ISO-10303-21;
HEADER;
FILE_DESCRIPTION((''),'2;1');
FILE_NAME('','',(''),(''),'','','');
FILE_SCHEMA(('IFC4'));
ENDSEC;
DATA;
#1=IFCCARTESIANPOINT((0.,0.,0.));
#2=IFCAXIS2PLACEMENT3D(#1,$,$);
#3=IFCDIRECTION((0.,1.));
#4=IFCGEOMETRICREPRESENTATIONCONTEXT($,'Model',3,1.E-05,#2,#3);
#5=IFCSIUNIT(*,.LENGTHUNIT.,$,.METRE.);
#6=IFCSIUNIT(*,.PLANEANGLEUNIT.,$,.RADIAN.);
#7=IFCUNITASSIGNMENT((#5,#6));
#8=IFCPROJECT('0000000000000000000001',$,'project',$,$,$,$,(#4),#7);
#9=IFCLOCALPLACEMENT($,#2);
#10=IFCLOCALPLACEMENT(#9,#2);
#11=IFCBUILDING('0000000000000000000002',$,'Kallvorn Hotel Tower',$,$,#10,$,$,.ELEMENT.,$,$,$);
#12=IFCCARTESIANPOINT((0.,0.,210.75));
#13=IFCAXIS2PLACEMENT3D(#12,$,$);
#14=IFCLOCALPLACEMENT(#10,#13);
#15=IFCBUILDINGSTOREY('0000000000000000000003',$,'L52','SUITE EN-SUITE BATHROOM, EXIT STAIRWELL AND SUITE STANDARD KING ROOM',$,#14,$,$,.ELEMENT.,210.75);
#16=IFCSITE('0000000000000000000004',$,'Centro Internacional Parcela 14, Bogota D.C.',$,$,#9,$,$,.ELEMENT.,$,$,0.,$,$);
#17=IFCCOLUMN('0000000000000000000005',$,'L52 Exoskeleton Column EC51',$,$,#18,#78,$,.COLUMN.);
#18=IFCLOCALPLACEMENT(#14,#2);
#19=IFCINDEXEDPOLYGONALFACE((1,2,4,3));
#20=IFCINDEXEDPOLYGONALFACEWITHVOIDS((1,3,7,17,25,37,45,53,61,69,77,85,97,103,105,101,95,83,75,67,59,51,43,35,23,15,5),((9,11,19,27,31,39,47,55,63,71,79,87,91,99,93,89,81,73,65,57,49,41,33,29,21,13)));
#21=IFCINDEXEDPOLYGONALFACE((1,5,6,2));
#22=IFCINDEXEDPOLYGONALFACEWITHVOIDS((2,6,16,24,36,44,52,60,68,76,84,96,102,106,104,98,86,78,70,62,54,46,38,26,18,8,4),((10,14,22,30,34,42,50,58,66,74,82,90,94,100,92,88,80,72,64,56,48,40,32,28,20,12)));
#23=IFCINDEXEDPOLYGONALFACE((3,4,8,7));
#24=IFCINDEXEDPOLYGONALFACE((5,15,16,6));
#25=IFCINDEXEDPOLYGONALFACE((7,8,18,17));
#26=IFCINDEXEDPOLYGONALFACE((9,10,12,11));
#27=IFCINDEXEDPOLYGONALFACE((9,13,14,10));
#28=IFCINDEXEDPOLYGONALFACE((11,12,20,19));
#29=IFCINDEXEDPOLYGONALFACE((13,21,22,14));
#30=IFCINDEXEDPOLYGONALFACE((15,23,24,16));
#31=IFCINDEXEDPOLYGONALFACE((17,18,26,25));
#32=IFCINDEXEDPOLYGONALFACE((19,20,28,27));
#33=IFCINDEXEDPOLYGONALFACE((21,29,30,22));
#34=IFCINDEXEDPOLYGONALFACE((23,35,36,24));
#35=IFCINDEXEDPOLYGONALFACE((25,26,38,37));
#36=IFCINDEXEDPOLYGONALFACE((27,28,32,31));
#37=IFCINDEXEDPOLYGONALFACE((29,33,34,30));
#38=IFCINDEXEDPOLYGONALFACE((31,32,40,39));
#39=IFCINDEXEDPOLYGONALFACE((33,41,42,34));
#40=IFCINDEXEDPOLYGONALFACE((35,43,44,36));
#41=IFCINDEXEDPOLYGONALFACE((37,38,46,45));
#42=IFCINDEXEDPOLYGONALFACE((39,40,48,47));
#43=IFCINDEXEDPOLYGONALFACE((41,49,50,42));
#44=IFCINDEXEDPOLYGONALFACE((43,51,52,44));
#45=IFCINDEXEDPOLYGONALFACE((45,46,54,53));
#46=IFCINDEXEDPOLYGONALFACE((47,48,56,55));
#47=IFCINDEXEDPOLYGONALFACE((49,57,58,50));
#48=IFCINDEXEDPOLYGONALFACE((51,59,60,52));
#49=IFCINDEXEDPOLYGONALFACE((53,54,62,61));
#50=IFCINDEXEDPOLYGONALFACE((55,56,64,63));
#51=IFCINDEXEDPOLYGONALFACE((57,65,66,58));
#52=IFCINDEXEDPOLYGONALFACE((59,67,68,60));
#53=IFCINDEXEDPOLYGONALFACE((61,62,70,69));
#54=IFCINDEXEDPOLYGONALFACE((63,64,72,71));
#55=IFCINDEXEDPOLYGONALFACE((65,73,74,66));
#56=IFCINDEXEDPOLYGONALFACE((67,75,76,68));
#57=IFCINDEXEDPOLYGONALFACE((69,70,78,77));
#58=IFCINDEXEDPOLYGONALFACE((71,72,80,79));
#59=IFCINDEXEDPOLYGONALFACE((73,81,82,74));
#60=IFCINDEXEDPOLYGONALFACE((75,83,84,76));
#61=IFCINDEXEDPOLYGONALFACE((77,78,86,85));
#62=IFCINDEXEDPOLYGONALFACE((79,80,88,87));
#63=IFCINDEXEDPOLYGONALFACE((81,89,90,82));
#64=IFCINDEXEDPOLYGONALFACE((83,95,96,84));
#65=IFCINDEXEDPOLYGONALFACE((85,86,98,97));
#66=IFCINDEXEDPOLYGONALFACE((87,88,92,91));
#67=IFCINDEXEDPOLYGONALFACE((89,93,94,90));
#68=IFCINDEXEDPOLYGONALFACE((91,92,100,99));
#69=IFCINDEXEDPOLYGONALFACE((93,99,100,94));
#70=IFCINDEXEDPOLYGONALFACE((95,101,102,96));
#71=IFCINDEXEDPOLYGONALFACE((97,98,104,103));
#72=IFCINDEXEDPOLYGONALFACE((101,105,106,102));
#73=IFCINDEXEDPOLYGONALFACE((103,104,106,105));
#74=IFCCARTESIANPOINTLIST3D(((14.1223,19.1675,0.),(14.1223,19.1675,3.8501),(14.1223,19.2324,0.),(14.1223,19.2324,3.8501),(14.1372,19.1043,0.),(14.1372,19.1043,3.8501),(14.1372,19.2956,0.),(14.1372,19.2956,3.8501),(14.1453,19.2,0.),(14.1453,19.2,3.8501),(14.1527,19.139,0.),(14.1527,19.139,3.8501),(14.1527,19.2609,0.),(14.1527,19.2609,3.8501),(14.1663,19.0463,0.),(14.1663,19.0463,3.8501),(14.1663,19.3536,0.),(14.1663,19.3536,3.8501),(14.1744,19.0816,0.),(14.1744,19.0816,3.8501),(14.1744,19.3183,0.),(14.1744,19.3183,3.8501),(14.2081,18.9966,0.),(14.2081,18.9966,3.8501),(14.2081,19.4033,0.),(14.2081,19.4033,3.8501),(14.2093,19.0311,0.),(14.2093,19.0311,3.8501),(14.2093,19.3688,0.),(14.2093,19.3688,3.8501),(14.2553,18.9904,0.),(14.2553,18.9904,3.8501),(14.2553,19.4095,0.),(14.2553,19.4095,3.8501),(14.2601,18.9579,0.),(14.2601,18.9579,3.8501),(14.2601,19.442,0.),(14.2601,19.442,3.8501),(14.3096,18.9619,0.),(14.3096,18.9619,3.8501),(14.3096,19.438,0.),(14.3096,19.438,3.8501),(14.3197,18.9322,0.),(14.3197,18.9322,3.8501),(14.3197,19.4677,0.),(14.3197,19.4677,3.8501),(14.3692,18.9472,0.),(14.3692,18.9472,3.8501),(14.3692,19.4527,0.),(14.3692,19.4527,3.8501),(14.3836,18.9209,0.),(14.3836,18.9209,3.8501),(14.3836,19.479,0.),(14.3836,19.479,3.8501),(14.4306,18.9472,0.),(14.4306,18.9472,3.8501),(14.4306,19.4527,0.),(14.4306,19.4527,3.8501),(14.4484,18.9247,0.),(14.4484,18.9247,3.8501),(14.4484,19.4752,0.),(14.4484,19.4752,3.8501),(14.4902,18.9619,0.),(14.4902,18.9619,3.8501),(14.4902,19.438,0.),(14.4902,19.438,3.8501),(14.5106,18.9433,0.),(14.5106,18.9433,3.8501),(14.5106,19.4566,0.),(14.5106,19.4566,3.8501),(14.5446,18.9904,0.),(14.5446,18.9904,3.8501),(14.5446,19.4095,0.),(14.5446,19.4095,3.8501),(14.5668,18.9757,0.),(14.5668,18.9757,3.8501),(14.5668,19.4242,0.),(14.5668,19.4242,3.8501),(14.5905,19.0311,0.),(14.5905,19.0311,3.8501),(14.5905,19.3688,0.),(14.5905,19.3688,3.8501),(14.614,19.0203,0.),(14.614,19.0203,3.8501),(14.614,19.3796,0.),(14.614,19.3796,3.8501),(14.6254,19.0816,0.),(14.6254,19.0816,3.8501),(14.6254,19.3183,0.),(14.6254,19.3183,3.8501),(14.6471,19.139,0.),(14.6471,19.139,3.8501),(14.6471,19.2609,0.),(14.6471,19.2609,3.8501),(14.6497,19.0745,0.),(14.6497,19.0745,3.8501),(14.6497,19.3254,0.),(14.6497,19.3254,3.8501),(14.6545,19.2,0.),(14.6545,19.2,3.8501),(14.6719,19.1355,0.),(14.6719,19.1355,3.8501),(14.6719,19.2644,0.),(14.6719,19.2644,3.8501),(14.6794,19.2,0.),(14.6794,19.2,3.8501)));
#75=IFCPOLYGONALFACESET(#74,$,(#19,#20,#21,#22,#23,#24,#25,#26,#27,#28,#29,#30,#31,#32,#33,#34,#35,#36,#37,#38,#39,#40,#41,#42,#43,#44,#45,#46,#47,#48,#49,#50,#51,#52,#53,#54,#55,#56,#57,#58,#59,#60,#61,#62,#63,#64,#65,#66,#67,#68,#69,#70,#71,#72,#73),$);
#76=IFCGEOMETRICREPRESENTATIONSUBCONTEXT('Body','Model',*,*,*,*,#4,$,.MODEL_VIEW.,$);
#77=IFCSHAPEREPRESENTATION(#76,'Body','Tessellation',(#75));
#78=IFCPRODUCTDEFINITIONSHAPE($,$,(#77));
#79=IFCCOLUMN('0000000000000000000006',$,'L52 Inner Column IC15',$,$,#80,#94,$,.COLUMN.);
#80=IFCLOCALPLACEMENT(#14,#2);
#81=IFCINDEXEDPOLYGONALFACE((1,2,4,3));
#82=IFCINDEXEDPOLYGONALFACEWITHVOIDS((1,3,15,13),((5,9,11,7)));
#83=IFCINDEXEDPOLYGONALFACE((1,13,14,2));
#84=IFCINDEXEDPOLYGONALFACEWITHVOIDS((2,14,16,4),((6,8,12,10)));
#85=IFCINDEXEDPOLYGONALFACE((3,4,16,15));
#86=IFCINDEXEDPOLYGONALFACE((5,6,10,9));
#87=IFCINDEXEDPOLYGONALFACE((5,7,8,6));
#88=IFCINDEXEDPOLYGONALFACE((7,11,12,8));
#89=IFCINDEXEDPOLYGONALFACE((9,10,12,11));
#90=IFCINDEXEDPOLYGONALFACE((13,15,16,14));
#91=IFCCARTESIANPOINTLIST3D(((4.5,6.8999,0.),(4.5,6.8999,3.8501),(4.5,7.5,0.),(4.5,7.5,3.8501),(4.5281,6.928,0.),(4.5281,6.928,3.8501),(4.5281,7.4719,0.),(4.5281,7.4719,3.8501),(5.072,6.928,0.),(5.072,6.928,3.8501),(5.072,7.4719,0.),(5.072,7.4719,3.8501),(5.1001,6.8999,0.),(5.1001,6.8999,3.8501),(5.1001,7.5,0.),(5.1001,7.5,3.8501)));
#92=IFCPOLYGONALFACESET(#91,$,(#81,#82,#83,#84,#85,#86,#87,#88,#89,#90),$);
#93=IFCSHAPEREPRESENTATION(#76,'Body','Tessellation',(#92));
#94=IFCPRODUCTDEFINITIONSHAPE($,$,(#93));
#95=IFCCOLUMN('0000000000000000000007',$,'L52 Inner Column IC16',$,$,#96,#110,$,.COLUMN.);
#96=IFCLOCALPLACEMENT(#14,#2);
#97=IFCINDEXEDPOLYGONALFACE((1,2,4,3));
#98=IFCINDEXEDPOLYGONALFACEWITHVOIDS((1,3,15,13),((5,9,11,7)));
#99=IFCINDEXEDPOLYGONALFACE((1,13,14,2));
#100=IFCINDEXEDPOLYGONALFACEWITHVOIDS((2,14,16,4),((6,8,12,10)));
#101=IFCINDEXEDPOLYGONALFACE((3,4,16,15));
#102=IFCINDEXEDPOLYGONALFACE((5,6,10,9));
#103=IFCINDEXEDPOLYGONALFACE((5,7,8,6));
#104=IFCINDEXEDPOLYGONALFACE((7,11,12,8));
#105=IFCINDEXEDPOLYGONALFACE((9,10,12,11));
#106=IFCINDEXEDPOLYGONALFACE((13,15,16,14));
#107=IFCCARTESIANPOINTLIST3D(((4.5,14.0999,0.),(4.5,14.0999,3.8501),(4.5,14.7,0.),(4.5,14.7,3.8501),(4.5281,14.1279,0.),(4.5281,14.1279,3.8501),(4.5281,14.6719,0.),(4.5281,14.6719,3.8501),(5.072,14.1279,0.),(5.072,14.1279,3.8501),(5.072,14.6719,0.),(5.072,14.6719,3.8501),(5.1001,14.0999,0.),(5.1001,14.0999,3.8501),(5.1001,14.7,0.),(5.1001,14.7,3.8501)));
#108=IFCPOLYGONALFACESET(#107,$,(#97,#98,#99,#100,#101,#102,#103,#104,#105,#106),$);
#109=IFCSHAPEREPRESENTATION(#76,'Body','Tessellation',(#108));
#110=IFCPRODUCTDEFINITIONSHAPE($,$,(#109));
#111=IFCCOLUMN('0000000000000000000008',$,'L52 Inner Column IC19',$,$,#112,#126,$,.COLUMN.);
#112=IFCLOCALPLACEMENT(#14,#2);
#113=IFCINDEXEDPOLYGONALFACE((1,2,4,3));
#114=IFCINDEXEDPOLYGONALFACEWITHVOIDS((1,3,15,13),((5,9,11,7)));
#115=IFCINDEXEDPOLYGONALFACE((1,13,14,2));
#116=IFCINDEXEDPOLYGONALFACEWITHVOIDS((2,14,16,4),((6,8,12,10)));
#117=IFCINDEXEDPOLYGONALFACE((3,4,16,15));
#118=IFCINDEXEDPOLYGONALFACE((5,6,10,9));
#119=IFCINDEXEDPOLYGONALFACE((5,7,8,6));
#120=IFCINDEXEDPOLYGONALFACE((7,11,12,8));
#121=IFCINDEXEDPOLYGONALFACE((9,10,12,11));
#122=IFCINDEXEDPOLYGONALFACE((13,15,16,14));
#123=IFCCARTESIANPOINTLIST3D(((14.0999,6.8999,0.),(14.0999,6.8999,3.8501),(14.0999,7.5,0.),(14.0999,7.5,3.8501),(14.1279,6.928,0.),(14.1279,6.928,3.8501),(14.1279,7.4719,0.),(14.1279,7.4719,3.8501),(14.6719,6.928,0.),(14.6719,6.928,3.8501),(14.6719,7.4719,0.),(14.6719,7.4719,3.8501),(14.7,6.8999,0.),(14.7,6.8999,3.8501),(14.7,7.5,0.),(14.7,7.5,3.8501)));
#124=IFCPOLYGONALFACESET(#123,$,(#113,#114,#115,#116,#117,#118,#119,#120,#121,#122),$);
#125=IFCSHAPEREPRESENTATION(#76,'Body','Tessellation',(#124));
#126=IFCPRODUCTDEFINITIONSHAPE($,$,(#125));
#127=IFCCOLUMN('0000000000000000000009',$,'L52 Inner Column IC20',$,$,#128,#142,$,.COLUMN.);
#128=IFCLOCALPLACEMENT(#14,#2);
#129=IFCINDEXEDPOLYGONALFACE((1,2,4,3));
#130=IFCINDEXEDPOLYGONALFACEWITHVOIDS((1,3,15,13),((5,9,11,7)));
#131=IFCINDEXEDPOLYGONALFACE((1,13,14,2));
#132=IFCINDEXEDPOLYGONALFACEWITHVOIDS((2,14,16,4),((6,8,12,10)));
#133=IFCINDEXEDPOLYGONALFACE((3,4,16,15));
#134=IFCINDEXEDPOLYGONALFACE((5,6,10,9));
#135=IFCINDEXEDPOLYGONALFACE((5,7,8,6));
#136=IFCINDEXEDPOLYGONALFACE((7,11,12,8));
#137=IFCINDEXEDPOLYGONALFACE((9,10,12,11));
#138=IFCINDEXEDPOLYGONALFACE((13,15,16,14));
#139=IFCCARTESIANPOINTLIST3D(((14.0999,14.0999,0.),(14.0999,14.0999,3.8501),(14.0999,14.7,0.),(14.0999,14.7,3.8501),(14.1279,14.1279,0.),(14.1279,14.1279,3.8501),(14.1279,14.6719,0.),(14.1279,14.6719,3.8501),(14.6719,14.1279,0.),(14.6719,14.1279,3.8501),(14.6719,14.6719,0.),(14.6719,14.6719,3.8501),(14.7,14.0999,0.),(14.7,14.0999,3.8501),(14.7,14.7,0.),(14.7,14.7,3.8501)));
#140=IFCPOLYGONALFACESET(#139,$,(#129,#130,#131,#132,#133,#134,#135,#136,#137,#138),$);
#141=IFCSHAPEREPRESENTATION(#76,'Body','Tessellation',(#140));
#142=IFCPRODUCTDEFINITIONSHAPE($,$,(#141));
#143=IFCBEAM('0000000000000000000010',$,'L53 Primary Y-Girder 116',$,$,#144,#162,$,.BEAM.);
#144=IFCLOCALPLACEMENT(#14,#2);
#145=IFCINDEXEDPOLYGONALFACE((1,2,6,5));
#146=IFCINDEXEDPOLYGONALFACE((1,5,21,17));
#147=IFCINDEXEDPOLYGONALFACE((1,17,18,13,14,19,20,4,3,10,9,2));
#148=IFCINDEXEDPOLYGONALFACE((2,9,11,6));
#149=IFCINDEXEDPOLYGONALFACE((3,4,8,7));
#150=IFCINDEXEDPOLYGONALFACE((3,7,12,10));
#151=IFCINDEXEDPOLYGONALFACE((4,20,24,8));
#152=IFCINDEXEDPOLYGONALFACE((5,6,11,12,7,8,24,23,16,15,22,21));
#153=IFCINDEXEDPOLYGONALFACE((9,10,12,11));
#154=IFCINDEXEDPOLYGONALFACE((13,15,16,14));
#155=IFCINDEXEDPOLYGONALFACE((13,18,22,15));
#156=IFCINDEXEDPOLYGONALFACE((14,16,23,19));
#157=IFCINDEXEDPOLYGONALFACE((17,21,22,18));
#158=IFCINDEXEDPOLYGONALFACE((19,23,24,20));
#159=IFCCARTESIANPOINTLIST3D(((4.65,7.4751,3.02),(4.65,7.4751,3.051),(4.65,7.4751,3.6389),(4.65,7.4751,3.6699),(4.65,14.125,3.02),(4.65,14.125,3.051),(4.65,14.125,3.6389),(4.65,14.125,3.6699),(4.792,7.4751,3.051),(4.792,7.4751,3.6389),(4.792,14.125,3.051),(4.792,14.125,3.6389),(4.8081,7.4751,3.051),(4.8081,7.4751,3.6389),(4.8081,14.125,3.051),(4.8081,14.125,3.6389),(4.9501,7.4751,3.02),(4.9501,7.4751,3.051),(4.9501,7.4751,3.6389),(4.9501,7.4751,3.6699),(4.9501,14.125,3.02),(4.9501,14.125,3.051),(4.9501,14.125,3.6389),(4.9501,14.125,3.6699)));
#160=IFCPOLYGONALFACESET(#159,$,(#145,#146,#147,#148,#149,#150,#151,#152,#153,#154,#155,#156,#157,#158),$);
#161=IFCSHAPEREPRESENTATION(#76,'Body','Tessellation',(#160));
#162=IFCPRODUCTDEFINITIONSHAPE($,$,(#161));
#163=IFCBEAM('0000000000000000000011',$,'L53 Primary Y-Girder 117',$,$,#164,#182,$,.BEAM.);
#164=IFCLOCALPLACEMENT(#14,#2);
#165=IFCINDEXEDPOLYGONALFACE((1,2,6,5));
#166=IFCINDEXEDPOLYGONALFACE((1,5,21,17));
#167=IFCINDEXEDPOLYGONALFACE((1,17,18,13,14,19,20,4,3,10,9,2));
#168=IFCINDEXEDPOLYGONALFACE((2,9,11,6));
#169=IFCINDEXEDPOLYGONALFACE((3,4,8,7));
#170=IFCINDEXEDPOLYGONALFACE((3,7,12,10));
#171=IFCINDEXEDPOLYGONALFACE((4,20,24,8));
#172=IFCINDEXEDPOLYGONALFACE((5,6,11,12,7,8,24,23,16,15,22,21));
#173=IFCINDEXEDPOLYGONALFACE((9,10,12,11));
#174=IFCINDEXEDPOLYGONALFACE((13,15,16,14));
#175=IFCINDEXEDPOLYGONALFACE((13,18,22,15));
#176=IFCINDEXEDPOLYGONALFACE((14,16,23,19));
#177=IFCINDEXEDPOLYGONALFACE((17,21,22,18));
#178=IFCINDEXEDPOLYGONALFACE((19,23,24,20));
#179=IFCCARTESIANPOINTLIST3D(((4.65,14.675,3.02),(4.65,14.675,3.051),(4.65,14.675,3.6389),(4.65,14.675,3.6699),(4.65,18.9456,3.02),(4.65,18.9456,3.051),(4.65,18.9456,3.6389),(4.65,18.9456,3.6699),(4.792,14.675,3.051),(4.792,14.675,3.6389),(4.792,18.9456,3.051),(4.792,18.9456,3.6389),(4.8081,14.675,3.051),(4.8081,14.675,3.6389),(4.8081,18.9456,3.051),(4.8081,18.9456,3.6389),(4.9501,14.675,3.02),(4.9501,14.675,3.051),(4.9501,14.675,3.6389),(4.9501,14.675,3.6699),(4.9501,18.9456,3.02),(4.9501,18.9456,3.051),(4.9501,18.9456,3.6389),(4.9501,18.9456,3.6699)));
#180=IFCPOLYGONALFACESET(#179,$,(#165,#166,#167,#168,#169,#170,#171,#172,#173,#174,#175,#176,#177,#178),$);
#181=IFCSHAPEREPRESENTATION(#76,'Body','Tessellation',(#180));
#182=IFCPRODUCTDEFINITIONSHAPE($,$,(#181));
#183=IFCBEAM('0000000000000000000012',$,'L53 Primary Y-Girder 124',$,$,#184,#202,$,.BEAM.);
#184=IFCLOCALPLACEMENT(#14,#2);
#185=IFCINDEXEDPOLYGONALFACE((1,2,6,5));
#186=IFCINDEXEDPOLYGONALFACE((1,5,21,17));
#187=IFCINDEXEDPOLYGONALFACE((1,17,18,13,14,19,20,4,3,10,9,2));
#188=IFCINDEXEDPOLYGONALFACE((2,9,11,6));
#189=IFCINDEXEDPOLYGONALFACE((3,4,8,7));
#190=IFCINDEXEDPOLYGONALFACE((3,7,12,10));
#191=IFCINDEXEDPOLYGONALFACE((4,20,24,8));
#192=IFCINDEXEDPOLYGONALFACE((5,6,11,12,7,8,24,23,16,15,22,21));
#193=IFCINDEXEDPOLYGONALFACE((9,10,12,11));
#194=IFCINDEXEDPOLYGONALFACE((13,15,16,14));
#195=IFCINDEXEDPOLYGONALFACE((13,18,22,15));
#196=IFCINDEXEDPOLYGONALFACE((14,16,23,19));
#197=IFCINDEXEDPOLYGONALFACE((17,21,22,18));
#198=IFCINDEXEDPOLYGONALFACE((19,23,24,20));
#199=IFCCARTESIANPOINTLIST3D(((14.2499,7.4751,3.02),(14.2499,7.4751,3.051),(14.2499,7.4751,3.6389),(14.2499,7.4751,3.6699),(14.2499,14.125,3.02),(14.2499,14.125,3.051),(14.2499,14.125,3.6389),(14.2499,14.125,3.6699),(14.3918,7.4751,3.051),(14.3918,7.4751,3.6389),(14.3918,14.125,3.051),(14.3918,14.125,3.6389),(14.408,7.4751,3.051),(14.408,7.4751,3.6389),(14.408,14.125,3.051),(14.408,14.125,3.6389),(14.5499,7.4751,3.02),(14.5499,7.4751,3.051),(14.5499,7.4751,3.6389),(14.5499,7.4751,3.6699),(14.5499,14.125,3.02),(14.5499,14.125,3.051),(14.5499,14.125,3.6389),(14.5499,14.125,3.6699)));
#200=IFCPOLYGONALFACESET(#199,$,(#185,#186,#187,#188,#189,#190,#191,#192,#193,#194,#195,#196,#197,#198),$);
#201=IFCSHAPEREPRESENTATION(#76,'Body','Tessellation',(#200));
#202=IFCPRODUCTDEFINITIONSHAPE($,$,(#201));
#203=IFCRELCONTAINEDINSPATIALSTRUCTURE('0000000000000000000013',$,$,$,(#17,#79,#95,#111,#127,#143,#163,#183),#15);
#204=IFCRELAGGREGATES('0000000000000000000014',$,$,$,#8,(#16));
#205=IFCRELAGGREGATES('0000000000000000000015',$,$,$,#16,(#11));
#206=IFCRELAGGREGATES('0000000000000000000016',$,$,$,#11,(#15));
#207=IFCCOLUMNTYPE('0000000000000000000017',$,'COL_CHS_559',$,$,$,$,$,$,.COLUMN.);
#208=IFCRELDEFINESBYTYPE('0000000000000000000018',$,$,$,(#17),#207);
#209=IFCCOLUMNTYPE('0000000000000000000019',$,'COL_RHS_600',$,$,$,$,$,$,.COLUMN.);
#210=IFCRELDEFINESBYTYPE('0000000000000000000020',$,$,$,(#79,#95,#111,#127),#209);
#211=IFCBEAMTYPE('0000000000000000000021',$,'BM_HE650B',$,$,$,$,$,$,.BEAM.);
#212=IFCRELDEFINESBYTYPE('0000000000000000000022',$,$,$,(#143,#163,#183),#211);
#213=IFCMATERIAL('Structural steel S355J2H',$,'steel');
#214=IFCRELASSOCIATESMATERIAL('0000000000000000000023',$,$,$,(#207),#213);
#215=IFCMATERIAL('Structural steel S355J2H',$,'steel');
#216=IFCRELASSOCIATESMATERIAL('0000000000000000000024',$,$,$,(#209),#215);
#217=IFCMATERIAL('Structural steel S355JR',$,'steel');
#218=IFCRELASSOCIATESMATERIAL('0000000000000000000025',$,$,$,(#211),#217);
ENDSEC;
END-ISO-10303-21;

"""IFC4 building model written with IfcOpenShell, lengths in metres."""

from ifc_helpers import new_model, si_unit, direction, frame, origin, origin_2d, place, context, subcontext, project, spatial, hollow_rectangle, hollow_circle, i_section, extrude, material, material_profile, profile_set, type_object, element, save


model = new_model("IFC4")

# Units and contexts
model_context = context("Model", 3, precision=1e-05, world=origin(), true_north=direction((0.0, 1.0)))
body_context = subcontext(model_context, "Body", "Model", "MODEL_VIEW")
ifc_project = project(units=[si_unit("LENGTHUNIT", "METRE"), si_unit("PLANEANGLEUNIT", "RADIAN")], contexts=[model_context])

# Site, building, storey
site_placement = place(None, origin())
site = spatial("IfcSite", under=ifc_project, at=site_placement, Name="Centro Internacional Parcela 14, Bogota D.C.", CompositionType="ELEMENT", RefElevation=0.0)
building_placement = place(site_placement, origin())
building = spatial("IfcBuilding", under=site, at=building_placement, Name="Kallvorn Hotel Tower", CompositionType="ELEMENT")
storey_placement = place(building_placement, frame((0.0, 0.0, 210.75)))
storey = spatial("IfcBuildingStorey", under=building, at=storey_placement, Name="L52", Description="SUITE EN-SUITE BATHROOM, EXIT STAIRWELL AND SUITE STANDARD KING ROOM", CompositionType="ELEMENT", Elevation=210.75)

# Columns
ifc_material_1 = material(Name="Structural steel S355J2H", Category="steel")
ifc_material_profile_1 = material_profile(ifc_material_1, hollow_circle(Radius=0.2795, WallThickness=0.0249, at=origin_2d()), Name="CHS 559x25")
ifc_profile_set_1 = profile_set([ifc_material_profile_1], Name="Structural steel S355J2H")
column_type_1 = type_object("IfcColumnType", Name="COL_CHS_559", PredefinedType="COLUMN", material=ifc_profile_set_1)
for number, where, z_axis, x_axis, name in (
    (1, (14.3999, 19.2, 0.0), (0.0, 0.0, 1.0), (1.0, 0.0, 0.0), "L52 Exoskeleton Column EC51"),
):
    element("IfcColumn", number, at=place(storey_placement, frame(where, z_axis=z_axis, x_axis=x_axis)), inside=storey, type_object=column_type_1, Name=name, PredefinedType="COLUMN", context=body_context, shape_type="SweptSolid", body=[
        extrude(hollow_circle(Radius=0.2795, WallThickness=0.0249, at=origin_2d()), origin(), (0.0, 0.0, 1.0), 3.8501),
    ])
ifc_material_2 = material(Name="Structural steel S355J2H", Category="steel")
ifc_material_profile_2 = material_profile(ifc_material_2, hollow_rectangle(XDim=0.6001, YDim=0.6001, WallThickness=0.0281, at=origin_2d()), Name="RHS 600x600x28")
ifc_profile_set_2 = profile_set([ifc_material_profile_2], Name="Structural steel S355J2H")
column_type_2 = type_object("IfcColumnType", Name="COL_RHS_600", PredefinedType="COLUMN", material=ifc_profile_set_2)
for number, where, z_axis, x_axis, name in (
    (2, (4.8, 7.2, 0.0), (0.0, 0.0, 1.0), (1.0, 0.0, 0.0), "L52 Inner Column IC15"),
    (3, (4.8, 14.3999, 0.0), (0.0, 0.0, 1.0), (1.0, 0.0, 0.0), "L52 Inner Column IC16"),
    (4, (14.3999, 7.2, 0.0), (0.0, 0.0, 1.0), (1.0, 0.0, 0.0), "L52 Inner Column IC19"),
    (5, (14.3999, 14.3999, 0.0), (0.0, 0.0, 1.0), (1.0, 0.0, 0.0), "L52 Inner Column IC20"),
):
    element("IfcColumn", number, at=place(storey_placement, frame(where, z_axis=z_axis, x_axis=x_axis)), inside=storey, type_object=column_type_2, Name=name, PredefinedType="COLUMN", context=body_context, shape_type="SweptSolid", body=[
        extrude(hollow_rectangle(XDim=0.6001, YDim=0.6001, WallThickness=0.0281, at=origin_2d()), origin(), (0.0, 0.0, 1.0), 3.8501),
    ])

# Beams
ifc_material_3 = material(Name="Structural steel S355JR", Category="steel")
ifc_material_profile_3 = material_profile(ifc_material_3, i_section(OverallWidth=0.3, OverallDepth=0.6499, WebThickness=0.0161, FlangeThickness=0.031, at=origin_2d()), Name="HE 650 B")
ifc_profile_set_3 = profile_set([ifc_material_profile_3], Name="Structural steel S355JR")
beam_type_1 = type_object("IfcBeamType", Name="BM_HE650B", PredefinedType="BEAM", material=ifc_profile_set_3)
beam_1_placement = place(storey_placement, frame((4.8, 7.4751, 3.345), z_axis=(0.0, 1.0, 0.0), x_axis=(-1.0, 0.0, 0.0)))
element("IfcBeam", 6, at=beam_1_placement, inside=storey, type_object=beam_type_1, Name="L53 Primary Y-Girder 116", PredefinedType="BEAM", context=body_context, shape_type="SweptSolid", body=[
    extrude(i_section(OverallWidth=0.3, OverallDepth=0.6499, WebThickness=0.0161, FlangeThickness=0.031, at=origin_2d()), origin(), (0.0, 0.0, 1.0), 6.6499),
])
beam_2_placement = place(storey_placement, frame((4.8, 14.675, 3.345), z_axis=(0.0, 1.0, 0.0), x_axis=(-1.0, 0.0, 0.0)))
element("IfcBeam", 7, at=beam_2_placement, inside=storey, type_object=beam_type_1, Name="L53 Primary Y-Girder 117", PredefinedType="BEAM", context=body_context, shape_type="SweptSolid", body=[
    extrude(i_section(OverallWidth=0.3, OverallDepth=0.6499, WebThickness=0.0161, FlangeThickness=0.031, at=origin_2d()), origin(), (0.0, 0.0, 1.0), 4.2705),
])
beam_3_placement = place(storey_placement, frame((14.3999, 7.4751, 3.345), z_axis=(0.0, 1.0, 0.0), x_axis=(-1.0, 0.0, 0.0)))
element("IfcBeam", 8, at=beam_3_placement, inside=storey, type_object=beam_type_1, Name="L53 Primary Y-Girder 124", PredefinedType="BEAM", context=body_context, shape_type="SweptSolid", body=[
    extrude(i_section(OverallWidth=0.3, OverallDepth=0.6499, WebThickness=0.0161, FlangeThickness=0.031, at=origin_2d()), origin(), (0.0, 0.0, 1.0), 6.6499),
])

save(model, "model.ifc")
